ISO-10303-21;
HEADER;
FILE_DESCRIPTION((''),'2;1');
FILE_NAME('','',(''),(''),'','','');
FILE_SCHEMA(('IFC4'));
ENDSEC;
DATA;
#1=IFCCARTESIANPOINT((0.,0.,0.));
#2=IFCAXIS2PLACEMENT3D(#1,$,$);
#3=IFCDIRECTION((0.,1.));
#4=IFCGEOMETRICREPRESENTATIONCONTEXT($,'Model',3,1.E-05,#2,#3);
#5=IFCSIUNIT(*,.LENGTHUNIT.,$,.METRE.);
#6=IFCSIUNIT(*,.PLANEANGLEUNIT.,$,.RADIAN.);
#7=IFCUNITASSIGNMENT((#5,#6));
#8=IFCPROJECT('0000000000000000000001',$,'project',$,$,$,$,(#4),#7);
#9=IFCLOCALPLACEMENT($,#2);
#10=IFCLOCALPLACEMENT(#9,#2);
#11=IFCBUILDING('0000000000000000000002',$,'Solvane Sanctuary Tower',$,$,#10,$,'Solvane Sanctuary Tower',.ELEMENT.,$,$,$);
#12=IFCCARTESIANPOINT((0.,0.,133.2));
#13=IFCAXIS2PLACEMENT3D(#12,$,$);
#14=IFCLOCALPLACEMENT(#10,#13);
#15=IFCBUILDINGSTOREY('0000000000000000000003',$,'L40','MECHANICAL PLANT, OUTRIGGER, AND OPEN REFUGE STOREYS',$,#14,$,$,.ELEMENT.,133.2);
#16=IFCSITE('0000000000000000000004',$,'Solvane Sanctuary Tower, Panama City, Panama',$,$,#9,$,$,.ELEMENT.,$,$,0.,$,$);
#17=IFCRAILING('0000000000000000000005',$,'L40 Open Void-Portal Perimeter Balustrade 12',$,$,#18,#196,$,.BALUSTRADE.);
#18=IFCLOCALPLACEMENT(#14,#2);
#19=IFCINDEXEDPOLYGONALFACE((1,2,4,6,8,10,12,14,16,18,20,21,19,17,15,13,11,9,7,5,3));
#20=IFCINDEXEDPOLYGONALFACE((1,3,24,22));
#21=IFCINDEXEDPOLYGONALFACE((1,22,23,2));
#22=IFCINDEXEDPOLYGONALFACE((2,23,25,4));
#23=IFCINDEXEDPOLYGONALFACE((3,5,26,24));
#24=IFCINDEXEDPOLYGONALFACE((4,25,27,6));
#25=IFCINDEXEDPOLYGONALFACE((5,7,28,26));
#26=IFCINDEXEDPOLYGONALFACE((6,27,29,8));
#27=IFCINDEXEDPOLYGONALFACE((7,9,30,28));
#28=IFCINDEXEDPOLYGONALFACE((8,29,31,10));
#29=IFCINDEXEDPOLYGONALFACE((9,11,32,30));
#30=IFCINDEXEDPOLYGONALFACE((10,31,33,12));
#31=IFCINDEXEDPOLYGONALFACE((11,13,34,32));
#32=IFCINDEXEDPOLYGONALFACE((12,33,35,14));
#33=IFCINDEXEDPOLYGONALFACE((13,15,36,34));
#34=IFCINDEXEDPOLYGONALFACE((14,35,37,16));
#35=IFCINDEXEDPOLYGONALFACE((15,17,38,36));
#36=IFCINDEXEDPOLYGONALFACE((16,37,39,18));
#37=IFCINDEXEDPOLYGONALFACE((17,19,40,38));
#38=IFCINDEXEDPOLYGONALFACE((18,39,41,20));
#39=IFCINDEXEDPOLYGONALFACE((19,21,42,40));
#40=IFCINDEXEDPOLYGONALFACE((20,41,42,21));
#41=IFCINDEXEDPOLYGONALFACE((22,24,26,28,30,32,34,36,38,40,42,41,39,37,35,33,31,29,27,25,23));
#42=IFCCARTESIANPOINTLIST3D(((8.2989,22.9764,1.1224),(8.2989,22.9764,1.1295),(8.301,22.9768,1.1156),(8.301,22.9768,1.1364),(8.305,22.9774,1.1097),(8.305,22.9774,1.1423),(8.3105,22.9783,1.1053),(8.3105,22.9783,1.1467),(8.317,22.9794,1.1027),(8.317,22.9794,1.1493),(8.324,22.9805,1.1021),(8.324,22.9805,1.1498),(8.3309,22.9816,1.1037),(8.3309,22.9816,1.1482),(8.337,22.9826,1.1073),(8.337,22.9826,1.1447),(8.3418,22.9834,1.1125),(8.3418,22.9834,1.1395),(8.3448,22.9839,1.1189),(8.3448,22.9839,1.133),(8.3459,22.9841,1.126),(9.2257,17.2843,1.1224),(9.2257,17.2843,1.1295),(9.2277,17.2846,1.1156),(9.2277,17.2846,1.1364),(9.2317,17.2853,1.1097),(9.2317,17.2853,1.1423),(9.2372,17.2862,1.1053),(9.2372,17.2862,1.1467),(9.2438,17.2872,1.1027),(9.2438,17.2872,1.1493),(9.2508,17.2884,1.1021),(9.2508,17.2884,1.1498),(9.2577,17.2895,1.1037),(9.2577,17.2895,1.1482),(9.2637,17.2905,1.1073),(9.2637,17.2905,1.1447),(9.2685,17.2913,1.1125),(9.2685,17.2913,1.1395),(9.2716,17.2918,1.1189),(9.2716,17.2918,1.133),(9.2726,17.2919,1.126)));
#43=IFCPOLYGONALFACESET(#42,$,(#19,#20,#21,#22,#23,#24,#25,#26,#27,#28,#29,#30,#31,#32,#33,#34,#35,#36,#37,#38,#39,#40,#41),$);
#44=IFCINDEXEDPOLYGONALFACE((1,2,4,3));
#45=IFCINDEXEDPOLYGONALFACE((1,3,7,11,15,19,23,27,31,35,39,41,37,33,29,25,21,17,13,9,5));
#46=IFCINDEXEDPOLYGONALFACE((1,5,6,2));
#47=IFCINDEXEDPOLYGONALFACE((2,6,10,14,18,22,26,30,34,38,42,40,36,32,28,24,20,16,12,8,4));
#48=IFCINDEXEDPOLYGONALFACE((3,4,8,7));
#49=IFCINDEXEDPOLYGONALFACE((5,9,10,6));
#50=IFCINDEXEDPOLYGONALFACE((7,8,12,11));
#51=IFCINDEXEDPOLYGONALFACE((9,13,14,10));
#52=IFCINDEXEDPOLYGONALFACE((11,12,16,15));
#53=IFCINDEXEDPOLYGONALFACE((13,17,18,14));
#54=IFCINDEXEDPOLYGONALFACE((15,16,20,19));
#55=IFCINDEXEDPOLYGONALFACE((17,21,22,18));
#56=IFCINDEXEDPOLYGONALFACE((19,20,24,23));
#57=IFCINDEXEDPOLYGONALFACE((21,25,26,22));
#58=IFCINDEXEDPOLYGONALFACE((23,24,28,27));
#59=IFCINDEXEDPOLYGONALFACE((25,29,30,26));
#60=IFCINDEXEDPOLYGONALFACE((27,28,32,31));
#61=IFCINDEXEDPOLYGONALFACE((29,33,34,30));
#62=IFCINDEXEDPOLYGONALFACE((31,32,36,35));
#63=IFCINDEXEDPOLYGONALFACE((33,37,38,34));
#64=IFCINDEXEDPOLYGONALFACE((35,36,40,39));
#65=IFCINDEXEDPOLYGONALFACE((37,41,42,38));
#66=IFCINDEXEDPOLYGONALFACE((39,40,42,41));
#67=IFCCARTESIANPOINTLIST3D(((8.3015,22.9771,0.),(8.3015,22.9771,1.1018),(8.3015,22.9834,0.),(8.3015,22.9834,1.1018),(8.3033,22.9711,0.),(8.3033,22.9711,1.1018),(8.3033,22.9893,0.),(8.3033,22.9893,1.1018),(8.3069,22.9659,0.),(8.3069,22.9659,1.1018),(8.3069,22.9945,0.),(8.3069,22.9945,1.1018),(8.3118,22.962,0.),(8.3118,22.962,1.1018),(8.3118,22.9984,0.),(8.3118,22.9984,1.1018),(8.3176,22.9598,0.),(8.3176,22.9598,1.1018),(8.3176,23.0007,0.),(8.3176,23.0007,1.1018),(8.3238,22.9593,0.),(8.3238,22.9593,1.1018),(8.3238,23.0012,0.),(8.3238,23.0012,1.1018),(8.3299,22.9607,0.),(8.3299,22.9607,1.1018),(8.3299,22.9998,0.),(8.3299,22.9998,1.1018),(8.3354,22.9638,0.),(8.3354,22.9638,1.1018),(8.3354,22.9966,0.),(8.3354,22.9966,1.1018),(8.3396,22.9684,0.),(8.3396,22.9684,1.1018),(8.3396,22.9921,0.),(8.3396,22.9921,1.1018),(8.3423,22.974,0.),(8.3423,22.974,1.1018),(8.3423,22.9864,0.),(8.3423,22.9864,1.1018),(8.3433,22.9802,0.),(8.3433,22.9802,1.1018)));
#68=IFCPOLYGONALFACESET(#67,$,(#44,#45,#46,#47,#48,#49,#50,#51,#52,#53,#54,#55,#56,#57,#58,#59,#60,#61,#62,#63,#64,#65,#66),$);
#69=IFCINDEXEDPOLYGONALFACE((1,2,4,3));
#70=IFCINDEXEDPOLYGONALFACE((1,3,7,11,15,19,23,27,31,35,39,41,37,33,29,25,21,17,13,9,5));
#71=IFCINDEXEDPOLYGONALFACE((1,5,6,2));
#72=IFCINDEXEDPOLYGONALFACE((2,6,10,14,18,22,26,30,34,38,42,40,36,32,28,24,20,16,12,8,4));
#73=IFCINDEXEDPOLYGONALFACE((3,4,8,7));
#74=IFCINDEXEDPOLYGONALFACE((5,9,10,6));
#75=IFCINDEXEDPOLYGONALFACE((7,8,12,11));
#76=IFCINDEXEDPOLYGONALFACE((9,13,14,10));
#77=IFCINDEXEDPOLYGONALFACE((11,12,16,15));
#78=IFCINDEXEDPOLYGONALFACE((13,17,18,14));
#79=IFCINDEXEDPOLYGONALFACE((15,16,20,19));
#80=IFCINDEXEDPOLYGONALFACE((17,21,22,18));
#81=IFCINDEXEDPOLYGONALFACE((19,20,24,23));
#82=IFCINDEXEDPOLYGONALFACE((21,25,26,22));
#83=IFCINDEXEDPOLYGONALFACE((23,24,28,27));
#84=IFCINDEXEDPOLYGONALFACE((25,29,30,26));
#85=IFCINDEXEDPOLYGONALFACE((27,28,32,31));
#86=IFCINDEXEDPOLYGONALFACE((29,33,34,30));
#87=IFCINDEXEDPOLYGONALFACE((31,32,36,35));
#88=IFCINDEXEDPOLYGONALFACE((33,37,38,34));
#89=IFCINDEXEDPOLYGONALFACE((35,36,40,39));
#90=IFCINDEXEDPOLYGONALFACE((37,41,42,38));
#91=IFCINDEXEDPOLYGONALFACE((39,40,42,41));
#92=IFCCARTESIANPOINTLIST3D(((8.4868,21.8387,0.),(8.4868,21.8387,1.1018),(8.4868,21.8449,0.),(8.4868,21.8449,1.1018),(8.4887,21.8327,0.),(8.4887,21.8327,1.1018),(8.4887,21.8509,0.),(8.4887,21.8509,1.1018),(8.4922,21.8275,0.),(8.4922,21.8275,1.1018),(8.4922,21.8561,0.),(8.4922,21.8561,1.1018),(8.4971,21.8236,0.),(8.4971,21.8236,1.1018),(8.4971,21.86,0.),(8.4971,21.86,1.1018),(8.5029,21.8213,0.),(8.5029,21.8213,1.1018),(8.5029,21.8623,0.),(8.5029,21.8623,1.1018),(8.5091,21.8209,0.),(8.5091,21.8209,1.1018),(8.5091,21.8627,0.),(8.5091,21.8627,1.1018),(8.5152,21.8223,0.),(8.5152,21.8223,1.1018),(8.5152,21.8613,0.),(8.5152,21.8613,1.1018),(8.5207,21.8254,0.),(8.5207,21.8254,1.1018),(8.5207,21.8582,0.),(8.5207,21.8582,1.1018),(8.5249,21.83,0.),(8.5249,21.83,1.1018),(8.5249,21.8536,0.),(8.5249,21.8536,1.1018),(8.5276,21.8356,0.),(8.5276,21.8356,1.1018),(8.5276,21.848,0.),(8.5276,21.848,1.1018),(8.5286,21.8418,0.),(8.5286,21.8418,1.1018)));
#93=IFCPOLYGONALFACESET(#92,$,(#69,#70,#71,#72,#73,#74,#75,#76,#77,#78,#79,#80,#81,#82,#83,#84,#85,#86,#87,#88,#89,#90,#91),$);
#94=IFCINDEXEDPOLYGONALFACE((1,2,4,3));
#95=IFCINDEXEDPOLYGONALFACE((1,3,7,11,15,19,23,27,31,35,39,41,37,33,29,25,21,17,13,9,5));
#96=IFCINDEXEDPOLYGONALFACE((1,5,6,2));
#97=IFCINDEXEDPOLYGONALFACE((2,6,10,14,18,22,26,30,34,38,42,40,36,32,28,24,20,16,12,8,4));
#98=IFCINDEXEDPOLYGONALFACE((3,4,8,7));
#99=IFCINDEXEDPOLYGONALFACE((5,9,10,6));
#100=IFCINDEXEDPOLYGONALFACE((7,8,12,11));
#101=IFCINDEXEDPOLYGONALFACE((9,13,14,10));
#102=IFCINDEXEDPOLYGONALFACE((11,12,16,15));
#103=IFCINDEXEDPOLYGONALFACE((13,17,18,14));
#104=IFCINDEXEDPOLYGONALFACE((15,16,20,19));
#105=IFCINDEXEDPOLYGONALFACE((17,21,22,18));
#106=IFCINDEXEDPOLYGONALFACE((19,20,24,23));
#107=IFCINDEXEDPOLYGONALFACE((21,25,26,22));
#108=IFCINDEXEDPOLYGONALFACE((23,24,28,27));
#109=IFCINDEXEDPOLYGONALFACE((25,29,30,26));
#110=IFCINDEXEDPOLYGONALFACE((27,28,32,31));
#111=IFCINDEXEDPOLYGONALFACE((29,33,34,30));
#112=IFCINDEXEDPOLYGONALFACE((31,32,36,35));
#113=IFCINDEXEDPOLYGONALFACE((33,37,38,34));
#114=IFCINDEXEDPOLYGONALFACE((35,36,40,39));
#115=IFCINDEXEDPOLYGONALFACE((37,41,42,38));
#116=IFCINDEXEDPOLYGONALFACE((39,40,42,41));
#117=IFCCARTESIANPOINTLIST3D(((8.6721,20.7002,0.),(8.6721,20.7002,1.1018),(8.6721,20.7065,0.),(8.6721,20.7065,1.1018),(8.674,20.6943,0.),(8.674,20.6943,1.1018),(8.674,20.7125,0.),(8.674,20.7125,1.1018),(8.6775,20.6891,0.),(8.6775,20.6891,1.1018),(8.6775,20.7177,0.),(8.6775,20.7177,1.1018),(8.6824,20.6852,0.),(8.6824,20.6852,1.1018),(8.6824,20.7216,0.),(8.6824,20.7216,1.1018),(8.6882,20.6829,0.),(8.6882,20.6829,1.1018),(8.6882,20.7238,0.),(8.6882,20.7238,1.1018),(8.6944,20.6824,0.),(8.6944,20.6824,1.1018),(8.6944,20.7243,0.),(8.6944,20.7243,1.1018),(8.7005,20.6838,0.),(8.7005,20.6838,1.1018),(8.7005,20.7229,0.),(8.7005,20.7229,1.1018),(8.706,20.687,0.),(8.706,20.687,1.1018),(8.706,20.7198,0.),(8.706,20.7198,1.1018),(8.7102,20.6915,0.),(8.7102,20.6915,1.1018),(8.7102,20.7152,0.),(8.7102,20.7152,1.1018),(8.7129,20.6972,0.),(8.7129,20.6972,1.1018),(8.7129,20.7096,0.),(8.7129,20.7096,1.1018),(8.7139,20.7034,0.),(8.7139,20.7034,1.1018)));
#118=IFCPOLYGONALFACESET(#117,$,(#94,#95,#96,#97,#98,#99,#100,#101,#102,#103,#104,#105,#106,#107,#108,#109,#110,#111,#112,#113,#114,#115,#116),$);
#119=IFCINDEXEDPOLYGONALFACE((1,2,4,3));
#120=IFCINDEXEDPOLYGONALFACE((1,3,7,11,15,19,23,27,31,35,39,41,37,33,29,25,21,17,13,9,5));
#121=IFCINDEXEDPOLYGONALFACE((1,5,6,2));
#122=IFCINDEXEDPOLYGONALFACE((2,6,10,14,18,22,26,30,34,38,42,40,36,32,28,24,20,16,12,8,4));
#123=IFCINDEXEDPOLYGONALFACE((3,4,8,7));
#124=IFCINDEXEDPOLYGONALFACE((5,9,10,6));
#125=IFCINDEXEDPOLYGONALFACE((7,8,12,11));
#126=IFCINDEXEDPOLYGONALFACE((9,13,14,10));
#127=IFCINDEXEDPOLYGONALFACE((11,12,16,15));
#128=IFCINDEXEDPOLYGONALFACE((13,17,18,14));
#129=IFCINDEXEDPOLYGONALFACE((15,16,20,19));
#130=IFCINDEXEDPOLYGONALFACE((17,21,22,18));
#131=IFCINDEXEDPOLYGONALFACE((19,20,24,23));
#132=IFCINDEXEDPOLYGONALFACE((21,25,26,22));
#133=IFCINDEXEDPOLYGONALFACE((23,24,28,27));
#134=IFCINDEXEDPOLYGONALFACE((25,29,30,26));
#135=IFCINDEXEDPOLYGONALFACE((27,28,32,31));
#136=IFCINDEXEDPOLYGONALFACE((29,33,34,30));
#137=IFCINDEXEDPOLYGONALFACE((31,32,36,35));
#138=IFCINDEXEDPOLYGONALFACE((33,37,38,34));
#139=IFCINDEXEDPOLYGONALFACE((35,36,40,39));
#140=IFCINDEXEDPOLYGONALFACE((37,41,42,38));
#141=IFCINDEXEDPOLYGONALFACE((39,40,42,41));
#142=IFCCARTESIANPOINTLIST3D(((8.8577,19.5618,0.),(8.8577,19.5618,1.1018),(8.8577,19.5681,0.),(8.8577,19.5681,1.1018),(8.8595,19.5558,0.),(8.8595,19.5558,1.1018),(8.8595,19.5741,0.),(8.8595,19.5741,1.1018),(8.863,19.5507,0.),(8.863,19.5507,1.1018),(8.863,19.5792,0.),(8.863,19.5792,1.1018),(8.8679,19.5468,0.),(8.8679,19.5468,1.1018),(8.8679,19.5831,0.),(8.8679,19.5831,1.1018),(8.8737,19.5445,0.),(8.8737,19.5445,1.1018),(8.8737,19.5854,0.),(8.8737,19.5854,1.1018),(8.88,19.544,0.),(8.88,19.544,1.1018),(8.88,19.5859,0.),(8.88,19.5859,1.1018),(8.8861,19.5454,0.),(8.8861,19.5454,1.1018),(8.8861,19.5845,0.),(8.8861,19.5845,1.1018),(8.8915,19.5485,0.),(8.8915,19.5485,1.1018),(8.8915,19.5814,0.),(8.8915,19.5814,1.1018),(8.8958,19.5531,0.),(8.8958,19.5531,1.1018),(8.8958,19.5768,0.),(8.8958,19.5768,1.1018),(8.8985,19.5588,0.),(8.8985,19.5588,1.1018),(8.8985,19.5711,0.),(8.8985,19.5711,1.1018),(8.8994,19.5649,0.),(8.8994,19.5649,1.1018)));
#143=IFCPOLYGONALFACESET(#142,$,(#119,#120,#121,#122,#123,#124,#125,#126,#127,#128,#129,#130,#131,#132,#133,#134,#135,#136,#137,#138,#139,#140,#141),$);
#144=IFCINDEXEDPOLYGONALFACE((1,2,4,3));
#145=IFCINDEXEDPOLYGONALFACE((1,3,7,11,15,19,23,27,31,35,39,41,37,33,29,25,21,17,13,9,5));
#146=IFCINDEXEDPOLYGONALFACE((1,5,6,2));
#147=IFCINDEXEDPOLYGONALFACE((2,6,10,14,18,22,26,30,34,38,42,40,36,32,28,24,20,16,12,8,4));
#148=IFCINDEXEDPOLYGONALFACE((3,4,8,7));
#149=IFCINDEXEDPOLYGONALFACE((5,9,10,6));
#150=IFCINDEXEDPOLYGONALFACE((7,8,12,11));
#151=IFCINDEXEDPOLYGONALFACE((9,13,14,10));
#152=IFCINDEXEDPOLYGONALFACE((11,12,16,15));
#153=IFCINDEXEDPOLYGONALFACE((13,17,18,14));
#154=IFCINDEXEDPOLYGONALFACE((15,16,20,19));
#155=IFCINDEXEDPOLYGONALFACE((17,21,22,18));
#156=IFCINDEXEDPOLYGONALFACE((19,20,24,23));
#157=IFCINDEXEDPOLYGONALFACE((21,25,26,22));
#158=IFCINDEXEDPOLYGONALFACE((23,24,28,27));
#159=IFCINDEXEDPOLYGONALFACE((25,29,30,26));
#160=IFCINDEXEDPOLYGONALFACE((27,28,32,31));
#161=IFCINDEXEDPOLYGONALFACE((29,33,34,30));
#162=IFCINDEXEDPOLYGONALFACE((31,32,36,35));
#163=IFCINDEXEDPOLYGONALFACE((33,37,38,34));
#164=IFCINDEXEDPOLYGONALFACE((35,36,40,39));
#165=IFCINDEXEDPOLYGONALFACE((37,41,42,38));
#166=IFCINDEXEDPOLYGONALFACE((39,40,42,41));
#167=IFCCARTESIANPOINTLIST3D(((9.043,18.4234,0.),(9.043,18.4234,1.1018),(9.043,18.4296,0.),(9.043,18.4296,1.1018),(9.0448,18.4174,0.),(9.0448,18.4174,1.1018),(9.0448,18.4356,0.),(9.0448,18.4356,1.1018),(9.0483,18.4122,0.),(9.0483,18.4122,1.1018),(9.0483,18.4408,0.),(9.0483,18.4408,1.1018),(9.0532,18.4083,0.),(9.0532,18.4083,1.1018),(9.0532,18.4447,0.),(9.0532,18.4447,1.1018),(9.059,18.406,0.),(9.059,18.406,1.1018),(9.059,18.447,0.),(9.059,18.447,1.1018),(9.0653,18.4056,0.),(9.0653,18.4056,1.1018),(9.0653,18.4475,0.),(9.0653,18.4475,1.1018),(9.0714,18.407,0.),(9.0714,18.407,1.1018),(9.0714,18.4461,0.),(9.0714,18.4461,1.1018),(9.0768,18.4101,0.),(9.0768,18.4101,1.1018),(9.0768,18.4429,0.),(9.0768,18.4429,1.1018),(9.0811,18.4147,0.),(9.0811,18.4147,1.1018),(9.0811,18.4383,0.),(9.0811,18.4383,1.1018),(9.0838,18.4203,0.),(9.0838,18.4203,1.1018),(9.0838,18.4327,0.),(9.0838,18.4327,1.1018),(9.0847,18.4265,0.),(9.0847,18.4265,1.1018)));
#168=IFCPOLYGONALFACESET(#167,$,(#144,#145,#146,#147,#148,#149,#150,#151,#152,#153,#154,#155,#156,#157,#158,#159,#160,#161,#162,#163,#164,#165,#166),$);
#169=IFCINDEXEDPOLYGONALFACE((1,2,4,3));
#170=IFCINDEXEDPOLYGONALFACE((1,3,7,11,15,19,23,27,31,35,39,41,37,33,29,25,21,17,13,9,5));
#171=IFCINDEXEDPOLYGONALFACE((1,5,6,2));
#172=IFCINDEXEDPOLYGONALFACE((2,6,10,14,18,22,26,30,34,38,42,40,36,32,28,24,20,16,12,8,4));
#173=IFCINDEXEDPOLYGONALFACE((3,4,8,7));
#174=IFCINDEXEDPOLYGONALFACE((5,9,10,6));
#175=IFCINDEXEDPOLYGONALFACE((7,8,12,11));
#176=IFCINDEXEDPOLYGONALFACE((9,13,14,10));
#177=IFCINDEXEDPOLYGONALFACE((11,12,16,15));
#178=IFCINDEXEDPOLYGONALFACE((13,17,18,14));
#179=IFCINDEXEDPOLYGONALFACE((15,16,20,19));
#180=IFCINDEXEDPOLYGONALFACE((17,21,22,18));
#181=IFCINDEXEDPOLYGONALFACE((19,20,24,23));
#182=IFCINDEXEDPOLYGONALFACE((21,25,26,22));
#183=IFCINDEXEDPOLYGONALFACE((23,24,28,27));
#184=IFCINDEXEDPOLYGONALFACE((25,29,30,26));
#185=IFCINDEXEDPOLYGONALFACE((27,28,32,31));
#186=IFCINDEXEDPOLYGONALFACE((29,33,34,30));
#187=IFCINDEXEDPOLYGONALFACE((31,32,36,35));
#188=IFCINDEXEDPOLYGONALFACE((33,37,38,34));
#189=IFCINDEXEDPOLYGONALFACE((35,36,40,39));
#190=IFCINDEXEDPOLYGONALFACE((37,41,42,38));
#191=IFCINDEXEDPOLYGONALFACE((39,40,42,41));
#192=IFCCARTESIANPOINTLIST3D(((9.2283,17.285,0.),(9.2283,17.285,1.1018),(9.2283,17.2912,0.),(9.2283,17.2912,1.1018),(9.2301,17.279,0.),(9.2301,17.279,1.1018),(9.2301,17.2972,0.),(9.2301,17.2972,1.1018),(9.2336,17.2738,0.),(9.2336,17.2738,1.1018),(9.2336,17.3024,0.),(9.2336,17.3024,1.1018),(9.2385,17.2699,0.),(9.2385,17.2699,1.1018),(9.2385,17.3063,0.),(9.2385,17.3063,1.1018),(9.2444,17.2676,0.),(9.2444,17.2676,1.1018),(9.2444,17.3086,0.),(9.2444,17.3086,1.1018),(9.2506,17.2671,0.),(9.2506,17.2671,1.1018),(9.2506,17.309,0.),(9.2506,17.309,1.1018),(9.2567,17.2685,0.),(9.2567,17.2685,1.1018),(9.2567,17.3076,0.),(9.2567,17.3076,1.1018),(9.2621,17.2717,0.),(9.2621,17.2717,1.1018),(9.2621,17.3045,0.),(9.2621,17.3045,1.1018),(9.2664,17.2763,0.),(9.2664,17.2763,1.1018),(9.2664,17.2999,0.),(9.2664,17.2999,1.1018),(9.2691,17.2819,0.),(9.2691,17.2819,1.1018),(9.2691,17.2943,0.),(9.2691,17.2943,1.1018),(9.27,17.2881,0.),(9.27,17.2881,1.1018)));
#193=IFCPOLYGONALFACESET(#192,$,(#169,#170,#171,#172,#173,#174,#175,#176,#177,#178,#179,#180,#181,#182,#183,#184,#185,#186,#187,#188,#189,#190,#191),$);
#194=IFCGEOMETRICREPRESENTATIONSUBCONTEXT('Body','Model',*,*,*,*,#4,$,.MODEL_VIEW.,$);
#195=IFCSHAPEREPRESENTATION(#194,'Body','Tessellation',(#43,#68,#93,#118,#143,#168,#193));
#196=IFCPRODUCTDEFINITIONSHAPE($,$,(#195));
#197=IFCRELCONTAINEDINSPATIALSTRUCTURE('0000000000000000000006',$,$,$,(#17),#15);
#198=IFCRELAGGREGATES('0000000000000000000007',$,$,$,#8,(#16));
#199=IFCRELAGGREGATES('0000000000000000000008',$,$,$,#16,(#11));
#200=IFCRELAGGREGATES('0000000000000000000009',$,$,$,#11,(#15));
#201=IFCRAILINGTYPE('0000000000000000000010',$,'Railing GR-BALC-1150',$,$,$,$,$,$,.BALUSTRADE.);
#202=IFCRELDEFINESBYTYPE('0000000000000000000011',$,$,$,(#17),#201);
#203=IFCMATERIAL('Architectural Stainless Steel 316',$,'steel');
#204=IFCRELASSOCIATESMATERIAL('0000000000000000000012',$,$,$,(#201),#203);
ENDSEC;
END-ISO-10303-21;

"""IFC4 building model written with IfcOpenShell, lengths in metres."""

from ifc_helpers import new_model, si_unit, direction, frame, origin, origin_2d, place, context, subcontext, project, spatial, circle, extrude, material, type_object, element, save


model = new_model("IFC4")

# Units and contexts
model_context = context("Model", 3, precision=1e-05, world=origin(), true_north=direction((0.0, 1.0)))
body_context = subcontext(model_context, "Body", "Model", "MODEL_VIEW")
ifc_project = project(units=[si_unit("LENGTHUNIT", "METRE"), si_unit("PLANEANGLEUNIT", "RADIAN")], contexts=[model_context])

# Site, building, storey
site_placement = place(None, origin())
site = spatial("IfcSite", under=ifc_project, at=site_placement, Name="Solvane Sanctuary Tower, Panama City, Panama", CompositionType="ELEMENT", RefElevation=0.0)
building_placement = place(site_placement, origin())
building = spatial("IfcBuilding", under=site, at=building_placement, Name="Solvane Sanctuary Tower", LongName="Solvane Sanctuary Tower", CompositionType="ELEMENT")
storey_placement = place(building_placement, frame((0.0, 0.0, 133.2)))
storey = spatial("IfcBuildingStorey", under=building, at=storey_placement, Name="L40", Description="MECHANICAL PLANT, OUTRIGGER, AND OPEN REFUGE STOREYS", CompositionType="ELEMENT", Elevation=133.2)

# Shared definitions
ifc_material_1 = material(Name="Architectural Stainless Steel 316", Category="steel")

# Railing
railing_type_1 = type_object("IfcRailingType", Name="Railing GR-BALC-1150", PredefinedType="BALUSTRADE", material=ifc_material_1)
railing_1_placement = place(storey_placement, frame((8.3223, 22.9802, 0.0)))
element("IfcRailing", 1, at=railing_1_placement, inside=storey, type_object=railing_type_1, Name="L40 Open Void-Portal Perimeter Balustrade 12", PredefinedType="BALUSTRADE", context=body_context, shape_type="SweptSolid", body=[
    extrude(circle(Radius=0.0239, at=origin_2d()), frame((0.0, 0.0, 1.126), z_axis=(0.160698, -0.987004, 0.0), x_axis=(0.987004, 0.160698, 0.0)), (0.0, 0.0, 1.0), 5.7671),
    extrude(circle(Radius=0.021, at=origin_2d()), origin(), (0.0, 0.0, 1.0), 1.1018),
    extrude(circle(Radius=0.021, at=origin_2d()), frame((0.1853, -1.1384, 0.0)), (0.0, 0.0, 1.0), 1.1018),
    extrude(circle(Radius=0.021, at=origin_2d()), frame((0.3706, -2.2769, 0.0)), (0.0, 0.0, 1.0), 1.1018),
    extrude(circle(Radius=0.021, at=origin_2d()), frame((0.5562, -3.4153, 0.0)), (0.0, 0.0, 1.0), 1.1018),
    extrude(circle(Radius=0.021, at=origin_2d()), frame((0.7415, -4.5537, 0.0)), (0.0, 0.0, 1.0), 1.1018),
    extrude(circle(Radius=0.021, at=origin_2d()), frame((0.9268, -5.6921, 0.0)), (0.0, 0.0, 1.0), 1.1018),
])

save(model, "model.ifc")
